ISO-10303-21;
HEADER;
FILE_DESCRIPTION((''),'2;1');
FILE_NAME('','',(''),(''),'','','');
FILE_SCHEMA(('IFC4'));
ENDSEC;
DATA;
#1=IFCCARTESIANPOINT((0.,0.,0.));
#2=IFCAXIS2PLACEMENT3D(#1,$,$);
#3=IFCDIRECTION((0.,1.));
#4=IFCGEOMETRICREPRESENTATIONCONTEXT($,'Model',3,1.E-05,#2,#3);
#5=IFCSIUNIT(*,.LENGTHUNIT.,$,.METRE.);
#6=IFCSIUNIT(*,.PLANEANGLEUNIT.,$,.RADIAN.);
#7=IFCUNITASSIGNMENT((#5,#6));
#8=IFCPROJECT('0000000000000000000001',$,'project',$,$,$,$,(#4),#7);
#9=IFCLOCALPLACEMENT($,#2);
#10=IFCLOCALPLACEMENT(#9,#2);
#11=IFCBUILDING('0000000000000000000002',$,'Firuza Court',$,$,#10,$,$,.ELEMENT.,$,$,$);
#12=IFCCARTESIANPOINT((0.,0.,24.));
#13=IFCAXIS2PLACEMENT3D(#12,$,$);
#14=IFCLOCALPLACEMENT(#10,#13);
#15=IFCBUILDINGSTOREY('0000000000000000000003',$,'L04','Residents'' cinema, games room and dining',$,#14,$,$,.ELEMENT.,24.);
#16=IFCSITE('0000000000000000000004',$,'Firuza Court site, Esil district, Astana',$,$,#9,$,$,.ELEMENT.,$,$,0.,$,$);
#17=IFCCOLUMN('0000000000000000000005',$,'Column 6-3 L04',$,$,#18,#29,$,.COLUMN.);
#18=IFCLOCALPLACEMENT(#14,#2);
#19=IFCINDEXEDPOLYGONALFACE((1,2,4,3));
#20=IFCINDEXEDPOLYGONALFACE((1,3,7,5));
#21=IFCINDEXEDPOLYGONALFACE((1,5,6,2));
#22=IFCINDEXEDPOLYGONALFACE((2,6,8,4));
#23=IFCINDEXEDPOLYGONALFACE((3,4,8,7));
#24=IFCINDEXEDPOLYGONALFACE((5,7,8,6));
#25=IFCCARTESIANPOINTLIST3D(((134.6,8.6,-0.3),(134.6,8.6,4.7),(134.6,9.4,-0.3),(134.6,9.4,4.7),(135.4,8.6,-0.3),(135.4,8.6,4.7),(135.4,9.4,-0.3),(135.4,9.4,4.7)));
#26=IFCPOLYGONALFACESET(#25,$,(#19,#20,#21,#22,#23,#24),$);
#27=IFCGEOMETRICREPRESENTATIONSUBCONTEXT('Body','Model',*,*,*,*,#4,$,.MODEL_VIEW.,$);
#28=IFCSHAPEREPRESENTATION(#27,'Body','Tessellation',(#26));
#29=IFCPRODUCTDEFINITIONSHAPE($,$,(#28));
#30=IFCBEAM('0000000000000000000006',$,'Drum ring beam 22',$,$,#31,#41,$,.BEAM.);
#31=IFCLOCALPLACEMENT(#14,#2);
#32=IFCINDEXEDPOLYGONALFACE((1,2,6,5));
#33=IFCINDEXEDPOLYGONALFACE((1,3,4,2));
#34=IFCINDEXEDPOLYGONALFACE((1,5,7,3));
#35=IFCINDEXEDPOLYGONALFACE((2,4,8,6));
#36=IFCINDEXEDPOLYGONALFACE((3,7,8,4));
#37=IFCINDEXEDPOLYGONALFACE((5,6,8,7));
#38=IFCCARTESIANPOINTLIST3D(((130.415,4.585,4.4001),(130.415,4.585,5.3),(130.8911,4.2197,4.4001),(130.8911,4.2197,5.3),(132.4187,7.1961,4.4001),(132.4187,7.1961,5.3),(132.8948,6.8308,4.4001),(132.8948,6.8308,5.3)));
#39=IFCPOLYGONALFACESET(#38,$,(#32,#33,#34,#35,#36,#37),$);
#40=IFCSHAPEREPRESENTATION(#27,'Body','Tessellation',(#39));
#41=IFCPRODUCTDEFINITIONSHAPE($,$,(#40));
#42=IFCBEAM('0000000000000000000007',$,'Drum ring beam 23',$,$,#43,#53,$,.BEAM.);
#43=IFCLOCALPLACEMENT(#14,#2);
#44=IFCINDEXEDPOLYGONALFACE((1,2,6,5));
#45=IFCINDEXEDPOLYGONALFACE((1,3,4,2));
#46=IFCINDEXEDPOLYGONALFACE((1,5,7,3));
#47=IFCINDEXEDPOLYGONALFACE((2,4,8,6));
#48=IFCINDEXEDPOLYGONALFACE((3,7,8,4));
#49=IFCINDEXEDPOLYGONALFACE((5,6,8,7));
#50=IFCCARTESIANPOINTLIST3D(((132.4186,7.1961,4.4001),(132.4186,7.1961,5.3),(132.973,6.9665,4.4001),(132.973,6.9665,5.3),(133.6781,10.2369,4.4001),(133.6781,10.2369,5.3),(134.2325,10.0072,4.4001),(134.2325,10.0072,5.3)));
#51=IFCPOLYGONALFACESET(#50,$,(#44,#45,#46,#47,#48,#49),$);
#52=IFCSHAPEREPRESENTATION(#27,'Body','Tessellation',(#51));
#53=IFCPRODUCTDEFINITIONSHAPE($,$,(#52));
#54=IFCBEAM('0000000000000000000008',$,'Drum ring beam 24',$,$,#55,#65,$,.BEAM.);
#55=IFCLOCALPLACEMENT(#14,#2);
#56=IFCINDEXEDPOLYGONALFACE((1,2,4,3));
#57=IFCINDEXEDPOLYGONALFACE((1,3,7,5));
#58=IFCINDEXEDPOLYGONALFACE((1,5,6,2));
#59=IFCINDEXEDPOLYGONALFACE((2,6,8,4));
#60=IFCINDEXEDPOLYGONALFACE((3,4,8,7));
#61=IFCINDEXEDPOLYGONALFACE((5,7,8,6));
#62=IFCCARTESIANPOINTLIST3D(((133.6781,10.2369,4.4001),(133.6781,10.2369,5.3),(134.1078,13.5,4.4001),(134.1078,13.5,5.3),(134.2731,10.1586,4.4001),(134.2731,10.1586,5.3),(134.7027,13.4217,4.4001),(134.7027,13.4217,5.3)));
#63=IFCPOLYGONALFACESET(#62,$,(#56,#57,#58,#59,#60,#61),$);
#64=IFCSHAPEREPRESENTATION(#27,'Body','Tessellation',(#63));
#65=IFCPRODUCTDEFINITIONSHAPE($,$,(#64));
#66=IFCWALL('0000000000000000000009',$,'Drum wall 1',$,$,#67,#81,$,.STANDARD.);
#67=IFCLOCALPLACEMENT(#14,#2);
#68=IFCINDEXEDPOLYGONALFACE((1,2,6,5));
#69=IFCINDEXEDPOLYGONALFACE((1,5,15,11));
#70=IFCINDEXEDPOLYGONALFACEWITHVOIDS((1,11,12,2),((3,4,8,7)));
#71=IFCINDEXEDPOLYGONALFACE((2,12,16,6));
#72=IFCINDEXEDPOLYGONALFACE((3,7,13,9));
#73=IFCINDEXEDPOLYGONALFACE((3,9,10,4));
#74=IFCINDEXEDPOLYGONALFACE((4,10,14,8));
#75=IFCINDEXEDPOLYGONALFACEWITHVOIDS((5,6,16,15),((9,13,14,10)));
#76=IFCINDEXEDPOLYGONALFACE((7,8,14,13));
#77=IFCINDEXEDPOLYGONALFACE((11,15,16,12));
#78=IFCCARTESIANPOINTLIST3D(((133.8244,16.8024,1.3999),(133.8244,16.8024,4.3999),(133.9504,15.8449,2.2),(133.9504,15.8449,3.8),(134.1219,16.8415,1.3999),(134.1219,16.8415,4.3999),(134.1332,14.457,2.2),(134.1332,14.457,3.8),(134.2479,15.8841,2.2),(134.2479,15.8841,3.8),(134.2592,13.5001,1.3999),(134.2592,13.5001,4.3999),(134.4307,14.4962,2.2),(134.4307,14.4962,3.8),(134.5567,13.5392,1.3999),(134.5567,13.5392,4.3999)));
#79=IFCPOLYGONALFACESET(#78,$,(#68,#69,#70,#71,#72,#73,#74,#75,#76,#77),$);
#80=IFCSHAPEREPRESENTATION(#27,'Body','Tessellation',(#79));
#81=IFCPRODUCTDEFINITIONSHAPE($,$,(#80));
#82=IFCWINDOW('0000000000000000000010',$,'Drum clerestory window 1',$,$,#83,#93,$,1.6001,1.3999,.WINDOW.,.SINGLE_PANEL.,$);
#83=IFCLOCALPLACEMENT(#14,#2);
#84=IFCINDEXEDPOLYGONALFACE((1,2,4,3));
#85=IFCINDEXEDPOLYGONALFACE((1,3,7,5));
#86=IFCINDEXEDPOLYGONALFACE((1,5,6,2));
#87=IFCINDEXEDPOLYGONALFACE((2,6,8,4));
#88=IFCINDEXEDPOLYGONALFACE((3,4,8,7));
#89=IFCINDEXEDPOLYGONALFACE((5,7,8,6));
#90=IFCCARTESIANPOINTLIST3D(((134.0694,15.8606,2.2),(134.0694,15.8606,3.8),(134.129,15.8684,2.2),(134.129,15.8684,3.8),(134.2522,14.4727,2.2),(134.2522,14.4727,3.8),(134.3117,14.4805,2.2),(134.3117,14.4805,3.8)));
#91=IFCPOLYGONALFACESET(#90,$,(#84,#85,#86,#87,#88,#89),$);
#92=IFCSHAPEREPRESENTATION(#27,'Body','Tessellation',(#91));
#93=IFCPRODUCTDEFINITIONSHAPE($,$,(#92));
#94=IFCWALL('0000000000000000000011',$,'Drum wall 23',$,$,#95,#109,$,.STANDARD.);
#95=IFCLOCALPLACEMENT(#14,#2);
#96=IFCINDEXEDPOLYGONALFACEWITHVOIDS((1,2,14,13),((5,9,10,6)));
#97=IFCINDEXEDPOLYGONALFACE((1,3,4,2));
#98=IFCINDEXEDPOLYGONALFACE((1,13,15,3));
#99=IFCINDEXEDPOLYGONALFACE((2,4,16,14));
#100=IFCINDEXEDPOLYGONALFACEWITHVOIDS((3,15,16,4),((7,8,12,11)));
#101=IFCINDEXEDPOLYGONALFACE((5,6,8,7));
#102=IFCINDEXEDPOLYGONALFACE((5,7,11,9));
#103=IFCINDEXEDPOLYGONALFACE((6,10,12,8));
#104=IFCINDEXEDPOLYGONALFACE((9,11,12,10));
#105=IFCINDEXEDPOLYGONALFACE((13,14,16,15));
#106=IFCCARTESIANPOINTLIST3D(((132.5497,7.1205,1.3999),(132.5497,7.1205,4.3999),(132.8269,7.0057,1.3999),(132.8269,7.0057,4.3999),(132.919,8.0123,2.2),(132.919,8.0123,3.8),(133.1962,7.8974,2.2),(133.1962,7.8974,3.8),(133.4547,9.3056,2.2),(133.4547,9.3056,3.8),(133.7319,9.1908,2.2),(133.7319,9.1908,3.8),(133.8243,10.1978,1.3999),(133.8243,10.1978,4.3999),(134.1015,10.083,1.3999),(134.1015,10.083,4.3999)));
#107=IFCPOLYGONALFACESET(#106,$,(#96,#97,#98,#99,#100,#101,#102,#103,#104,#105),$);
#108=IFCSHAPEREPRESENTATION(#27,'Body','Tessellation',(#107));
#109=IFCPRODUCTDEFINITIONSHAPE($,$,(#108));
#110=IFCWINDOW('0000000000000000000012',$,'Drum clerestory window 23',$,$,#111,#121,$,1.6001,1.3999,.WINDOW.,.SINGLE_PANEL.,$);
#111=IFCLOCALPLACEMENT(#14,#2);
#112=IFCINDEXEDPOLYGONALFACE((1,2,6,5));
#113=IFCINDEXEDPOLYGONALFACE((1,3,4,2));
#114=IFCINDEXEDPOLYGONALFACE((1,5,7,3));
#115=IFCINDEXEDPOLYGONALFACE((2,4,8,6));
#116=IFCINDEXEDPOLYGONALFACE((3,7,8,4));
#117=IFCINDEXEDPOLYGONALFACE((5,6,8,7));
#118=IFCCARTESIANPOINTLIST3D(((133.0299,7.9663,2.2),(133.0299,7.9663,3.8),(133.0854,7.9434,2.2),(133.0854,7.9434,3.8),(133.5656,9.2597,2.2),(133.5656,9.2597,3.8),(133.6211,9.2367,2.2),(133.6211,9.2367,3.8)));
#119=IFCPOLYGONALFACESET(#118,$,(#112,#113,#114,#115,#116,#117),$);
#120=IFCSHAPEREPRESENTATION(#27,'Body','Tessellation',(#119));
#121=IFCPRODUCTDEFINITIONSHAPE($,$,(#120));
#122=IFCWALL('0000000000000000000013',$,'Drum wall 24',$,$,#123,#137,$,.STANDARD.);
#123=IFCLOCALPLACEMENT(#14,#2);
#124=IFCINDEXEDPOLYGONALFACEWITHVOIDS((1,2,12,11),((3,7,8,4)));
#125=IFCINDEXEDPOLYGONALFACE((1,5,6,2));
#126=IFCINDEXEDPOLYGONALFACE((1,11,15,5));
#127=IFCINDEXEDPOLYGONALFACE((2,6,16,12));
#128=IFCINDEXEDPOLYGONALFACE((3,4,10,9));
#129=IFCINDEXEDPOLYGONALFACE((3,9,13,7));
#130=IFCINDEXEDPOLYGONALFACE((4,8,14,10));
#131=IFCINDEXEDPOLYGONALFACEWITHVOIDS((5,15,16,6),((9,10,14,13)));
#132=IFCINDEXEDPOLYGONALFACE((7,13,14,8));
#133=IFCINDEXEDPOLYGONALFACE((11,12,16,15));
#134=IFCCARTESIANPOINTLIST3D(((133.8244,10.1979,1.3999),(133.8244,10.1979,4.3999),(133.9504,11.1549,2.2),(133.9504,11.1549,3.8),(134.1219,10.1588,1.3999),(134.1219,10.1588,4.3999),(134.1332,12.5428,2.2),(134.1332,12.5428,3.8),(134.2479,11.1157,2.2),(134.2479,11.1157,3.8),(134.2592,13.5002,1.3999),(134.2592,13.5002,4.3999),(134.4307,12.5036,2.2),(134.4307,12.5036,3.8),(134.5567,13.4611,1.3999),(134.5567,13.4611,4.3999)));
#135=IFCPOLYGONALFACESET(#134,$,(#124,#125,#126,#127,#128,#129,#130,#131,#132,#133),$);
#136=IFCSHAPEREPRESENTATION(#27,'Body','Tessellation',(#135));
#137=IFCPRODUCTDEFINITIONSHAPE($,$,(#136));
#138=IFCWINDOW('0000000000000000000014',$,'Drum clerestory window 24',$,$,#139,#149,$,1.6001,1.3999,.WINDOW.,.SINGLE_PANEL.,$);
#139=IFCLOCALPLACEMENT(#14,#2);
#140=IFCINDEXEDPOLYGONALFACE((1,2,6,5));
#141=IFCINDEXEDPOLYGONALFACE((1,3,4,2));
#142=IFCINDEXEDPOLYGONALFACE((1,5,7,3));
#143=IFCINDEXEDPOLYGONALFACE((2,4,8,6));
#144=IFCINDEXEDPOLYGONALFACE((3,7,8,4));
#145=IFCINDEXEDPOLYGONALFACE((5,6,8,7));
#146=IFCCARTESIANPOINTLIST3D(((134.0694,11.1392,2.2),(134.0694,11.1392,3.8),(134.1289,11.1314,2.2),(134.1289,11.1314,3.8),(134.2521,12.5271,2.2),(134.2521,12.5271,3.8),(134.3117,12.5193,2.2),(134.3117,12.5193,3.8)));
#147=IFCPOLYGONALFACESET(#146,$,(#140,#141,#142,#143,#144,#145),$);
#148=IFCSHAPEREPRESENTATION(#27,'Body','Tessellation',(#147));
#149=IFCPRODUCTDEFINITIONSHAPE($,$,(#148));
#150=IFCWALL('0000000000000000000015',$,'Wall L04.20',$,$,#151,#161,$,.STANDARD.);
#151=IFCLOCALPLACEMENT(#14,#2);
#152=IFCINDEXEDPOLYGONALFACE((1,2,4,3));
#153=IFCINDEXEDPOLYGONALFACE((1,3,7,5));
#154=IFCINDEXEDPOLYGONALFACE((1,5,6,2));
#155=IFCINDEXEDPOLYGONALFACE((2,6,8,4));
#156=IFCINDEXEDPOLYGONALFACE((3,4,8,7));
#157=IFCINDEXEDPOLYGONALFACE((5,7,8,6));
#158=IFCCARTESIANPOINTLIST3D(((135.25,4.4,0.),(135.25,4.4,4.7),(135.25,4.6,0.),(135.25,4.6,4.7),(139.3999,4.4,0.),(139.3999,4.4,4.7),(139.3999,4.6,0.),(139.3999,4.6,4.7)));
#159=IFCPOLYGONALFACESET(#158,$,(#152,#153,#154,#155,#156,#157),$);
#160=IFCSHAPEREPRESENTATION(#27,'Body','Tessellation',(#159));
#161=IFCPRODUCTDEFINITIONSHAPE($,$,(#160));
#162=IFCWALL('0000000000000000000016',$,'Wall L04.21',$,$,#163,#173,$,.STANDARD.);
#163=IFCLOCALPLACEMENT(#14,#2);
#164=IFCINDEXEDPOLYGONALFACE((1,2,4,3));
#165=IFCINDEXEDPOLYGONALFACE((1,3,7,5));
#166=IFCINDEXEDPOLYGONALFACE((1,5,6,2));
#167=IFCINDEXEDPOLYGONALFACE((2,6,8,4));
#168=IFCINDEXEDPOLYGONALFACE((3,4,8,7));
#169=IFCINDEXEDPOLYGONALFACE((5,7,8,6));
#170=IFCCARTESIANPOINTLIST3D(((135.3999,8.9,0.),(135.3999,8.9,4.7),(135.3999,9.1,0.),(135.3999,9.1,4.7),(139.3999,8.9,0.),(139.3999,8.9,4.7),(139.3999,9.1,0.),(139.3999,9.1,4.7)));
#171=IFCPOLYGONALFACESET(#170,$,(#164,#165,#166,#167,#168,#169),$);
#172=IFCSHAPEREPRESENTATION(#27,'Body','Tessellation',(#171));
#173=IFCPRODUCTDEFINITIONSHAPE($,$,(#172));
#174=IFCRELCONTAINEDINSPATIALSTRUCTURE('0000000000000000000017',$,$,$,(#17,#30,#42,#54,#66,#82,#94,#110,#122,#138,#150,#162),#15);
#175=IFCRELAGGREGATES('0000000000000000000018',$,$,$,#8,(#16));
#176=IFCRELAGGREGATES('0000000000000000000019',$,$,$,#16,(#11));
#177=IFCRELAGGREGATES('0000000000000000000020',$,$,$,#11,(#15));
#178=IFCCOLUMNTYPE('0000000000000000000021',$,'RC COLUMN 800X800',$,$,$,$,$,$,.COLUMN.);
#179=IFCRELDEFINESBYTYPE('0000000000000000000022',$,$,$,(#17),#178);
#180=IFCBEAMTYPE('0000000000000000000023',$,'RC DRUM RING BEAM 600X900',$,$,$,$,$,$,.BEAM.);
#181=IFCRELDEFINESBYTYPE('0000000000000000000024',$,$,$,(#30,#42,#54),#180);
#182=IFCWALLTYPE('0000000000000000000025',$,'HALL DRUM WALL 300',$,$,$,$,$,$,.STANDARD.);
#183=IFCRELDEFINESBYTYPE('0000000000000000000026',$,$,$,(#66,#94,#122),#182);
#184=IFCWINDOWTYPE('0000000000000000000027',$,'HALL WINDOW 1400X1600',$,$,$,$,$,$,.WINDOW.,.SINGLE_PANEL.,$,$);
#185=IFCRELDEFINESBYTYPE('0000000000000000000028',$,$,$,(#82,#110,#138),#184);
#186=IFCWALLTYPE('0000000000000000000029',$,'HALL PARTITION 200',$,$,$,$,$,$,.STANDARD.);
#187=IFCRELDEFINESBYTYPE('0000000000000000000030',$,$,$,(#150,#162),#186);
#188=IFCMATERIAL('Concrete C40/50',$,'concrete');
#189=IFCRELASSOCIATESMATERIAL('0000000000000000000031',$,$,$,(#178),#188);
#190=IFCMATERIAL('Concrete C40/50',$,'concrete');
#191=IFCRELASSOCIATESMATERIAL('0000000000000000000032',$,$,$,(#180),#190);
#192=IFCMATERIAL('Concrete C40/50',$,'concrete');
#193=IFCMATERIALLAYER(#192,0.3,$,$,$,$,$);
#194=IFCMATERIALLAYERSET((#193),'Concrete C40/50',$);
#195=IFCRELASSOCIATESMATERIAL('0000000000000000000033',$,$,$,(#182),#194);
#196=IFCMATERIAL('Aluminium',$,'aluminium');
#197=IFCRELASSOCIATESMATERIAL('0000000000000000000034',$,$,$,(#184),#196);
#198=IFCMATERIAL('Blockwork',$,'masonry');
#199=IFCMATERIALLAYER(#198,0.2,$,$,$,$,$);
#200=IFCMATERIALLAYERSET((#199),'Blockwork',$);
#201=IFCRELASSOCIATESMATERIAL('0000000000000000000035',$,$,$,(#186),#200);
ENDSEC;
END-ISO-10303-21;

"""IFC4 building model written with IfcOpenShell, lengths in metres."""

from ifc_helpers import new_model, si_unit, direction, frame, frame_2d, origin, origin_2d, place, context, subcontext, project, spatial, rectangle, extrude, material, layer, layer_set, material_profile, profile_set, type_object, element, fill, save


model = new_model("IFC4")

# Units and contexts
model_context = context("Model", 3, precision=1e-05, world=origin(), true_north=direction((0.0, 1.0)))
body_context = subcontext(model_context, "Body", "Model", "MODEL_VIEW")
ifc_project = project(units=[si_unit("LENGTHUNIT", "METRE"), si_unit("PLANEANGLEUNIT", "RADIAN")], contexts=[model_context])

# Site, building, storey
site_placement = place(None, origin())
site = spatial("IfcSite", under=ifc_project, at=site_placement, Name="Firuza Court site, Esil district, Astana", CompositionType="ELEMENT", RefElevation=0.0)
building_placement = place(site_placement, origin())
building = spatial("IfcBuilding", under=site, at=building_placement, Name="Firuza Court", CompositionType="ELEMENT")
storey_placement = place(building_placement, frame((0.0, 0.0, 24.0)))
storey = spatial("IfcBuildingStorey", under=building, at=storey_placement, Name="L04", Description="Residents' cinema, games room and dining", CompositionType="ELEMENT", Elevation=24.0)

# Column
ifc_material_1 = material(Name="Concrete C40/50", Category="concrete")
ifc_material_profile_1 = material_profile(ifc_material_1, rectangle(XDim=0.8, YDim=0.8, at=origin_2d()), Name="RC 800X800")
ifc_profile_set_1 = profile_set([ifc_material_profile_1], Name="Concrete C40/50")
column_type = type_object("IfcColumnType", Name="RC COLUMN 800X800", PredefinedType="COLUMN", material=ifc_profile_set_1)
column_placement = place(storey_placement, frame((135.0, 9.0, -0.3), z_axis=(0.0, 0.0, 1.0), x_axis=(1.0, 0.0, 0.0)))
element("IfcColumn", 1, at=column_placement, inside=storey, type_object=column_type, Name="Column 6-3 L04", PredefinedType="COLUMN", context=body_context, shape_type="SweptSolid", body=[
    extrude(rectangle(XDim=0.8, YDim=0.8, at=origin_2d()), origin(), (0.0, 0.0, 1.0), 5.0),
])

# Beams
ifc_material_2 = material(Name="Concrete C40/50", Category="concrete")
ifc_material_profile_2 = material_profile(ifc_material_2, rectangle(XDim=0.6001, YDim=0.8999, at=origin_2d()), Name="RC 600X900 RING")
ifc_profile_set_2 = profile_set([ifc_material_profile_2], Name="Concrete C40/50")
beam_type = type_object("IfcBeamType", Name="RC DRUM RING BEAM 600X900", PredefinedType="BEAM", material=ifc_profile_set_2)
for number, where, z_axis, x_axis, name in (
    (2, (130.6531, 4.4023, 4.8501), (0.608782, 0.793338, 0.0), (-0.793338, 0.608782, 0.0), "Drum ring beam 22"),
    (3, (132.6958, 7.0813, 4.8501), (0.382682, 0.92388, 0.0), (-0.92388, 0.382682, 0.0), "Drum ring beam 23"),
    (4, (133.9756, 10.1978, 4.8501), (0.13055, 0.991442, 0.0), (-0.991442, 0.13055, 0.0), "Drum ring beam 24"),
):
    element("IfcBeam", number, at=place(storey_placement, frame(where, z_axis=z_axis, x_axis=x_axis)), inside=storey, type_object=beam_type, Name=name, PredefinedType="BEAM", context=body_context, shape_type="SweptSolid", body=[
        extrude(rectangle(XDim=0.6001, YDim=0.8999, at=origin_2d()), origin(), (0.0, 0.0, 1.0), 3.2913),
    ])

# Walls, openings, windows
ifc_material_3 = material(Name="Concrete C40/50", Category="concrete")
ifc_layer_1 = layer(ifc_material_3, 0.3)
ifc_layer_set_1 = layer_set([ifc_layer_1], Name="Concrete C40/50")
wall_type_1 = type_object("IfcWallType", Name="HALL DRUM WALL 300", PredefinedType="STANDARD", material=ifc_layer_set_1)
wall_1_placement = place(storey_placement, frame((134.408, 13.5195, 1.3999), z_axis=(0.0, 0.0, 1.0), x_axis=(-0.130546, 0.991442, 0.0)))
wall_1 = element("IfcWall", 5, at=wall_1_placement, inside=storey, type_object=wall_type_1, Name="Drum wall 1", PredefinedType="STANDARD", context=body_context, shape_type="SweptSolid", body=[
    extrude(rectangle(XDim=3.3308, YDim=0.3, at=frame_2d((1.6655, 0.0))), origin(), (0.0, 0.0, 1.0), 3.0),
])
opening_1_placement = place(wall_1_placement, frame((0.9653, 0.0, 0.8)))
opening_1 = element("IfcOpeningElement", 6, at=opening_1_placement, cuts=wall_1, PredefinedType="OPENING", context=body_context, shape_type="SweptSolid", body=[
    extrude(rectangle(XDim=1.3999, YDim=1.6001, at=frame_2d((0.7, 0.8))), frame((0.0, 0.1621, 0.0), z_axis=(0.0, -1.0, 0.0), x_axis=(1.0, 0.0, 0.0)), (0.0, 0.0, 1.0), 0.324),
])
ifc_material_4 = material(Name="Aluminium", Category="aluminium")
window_type = type_object("IfcWindowType", Name="HALL WINDOW 1400X1600", PartitioningType="SINGLE_PANEL", PredefinedType="WINDOW", material=ifc_material_4)
window_1_placement = place(opening_1_placement, origin())
window_1 = element("IfcWindow", 7, at=window_1_placement, inside=storey, type_object=window_type, Name="Drum clerestory window 1", OverallHeight=1.6001, OverallWidth=1.3999, PartitioningType="SINGLE_PANEL", PredefinedType="WINDOW", context=body_context, shape_type="SweptSolid", body=[
    extrude(rectangle(XDim=1.3999, YDim=1.6001, at=frame_2d((0.7, 0.8))), frame((0.0, 0.03, 0.0), z_axis=(0.0, -1.0, 0.0), x_axis=(1.0, 0.0, 0.0)), (0.0, 0.0, 1.0), 0.0601),
])
fill(opening_1, window_1)
wall_2_placement = place(storey_placement, frame((132.6882, 7.063, 1.3999), z_axis=(0.0, 0.0, 1.0), x_axis=(0.382673, 0.923884, 0.0)))
wall_2 = element("IfcWall", 8, at=wall_2_placement, inside=storey, type_object=wall_type_1, Name="Drum wall 23", PredefinedType="STANDARD", context=body_context, shape_type="SweptSolid", body=[
    extrude(rectangle(XDim=3.3308, YDim=0.3, at=frame_2d((1.6655, 0.0))), origin(), (0.0, 0.0, 1.0), 3.0),
])
opening_2_placement = place(wall_2_placement, frame((0.9653, 0.0, 0.8)))
opening_2 = element("IfcOpeningElement", 9, at=opening_2_placement, cuts=wall_2, PredefinedType="OPENING", context=body_context, shape_type="SweptSolid", body=[
    extrude(rectangle(XDim=1.3999, YDim=1.6001, at=frame_2d((0.7, 0.8))), frame((0.0, 0.1621, 0.0), z_axis=(0.0, -1.0, 0.0), x_axis=(1.0, 0.0, 0.0)), (0.0, 0.0, 1.0), 0.324),
])
window_2_placement = place(opening_2_placement, origin())
window_2 = element("IfcWindow", 10, at=window_2_placement, inside=storey, type_object=window_type, Name="Drum clerestory window 23", OverallHeight=1.6001, OverallWidth=1.3999, PartitioningType="SINGLE_PANEL", PredefinedType="WINDOW", context=body_context, shape_type="SweptSolid", body=[
    extrude(rectangle(XDim=1.3999, YDim=1.6001, at=frame_2d((0.7, 0.8))), frame((0.0, 0.03, 0.0), z_axis=(0.0, -1.0, 0.0), x_axis=(1.0, 0.0, 0.0)), (0.0, 0.0, 1.0), 0.0601),
])
fill(opening_2, window_2)
wall_3_placement = place(storey_placement, frame((133.9731, 10.1782, 1.3999), z_axis=(0.0, 0.0, 1.0), x_axis=(0.130546, 0.991442, 0.0)))
wall_3 = element("IfcWall", 11, at=wall_3_placement, inside=storey, type_object=wall_type_1, Name="Drum wall 24", PredefinedType="STANDARD", context=body_context, shape_type="SweptSolid", body=[
    extrude(rectangle(XDim=3.3308, YDim=0.3, at=frame_2d((1.6655, 0.0))), origin(), (0.0, 0.0, 1.0), 3.0),
])
opening_3_placement = place(wall_3_placement, frame((0.9653, 0.0, 0.8)))
opening_3 = element("IfcOpeningElement", 12, at=opening_3_placement, cuts=wall_3, PredefinedType="OPENING", context=body_context, shape_type="SweptSolid", body=[
    extrude(rectangle(XDim=1.3999, YDim=1.6001, at=frame_2d((0.7, 0.8))), frame((0.0, 0.1621, 0.0), z_axis=(0.0, -1.0, 0.0), x_axis=(1.0, 0.0, 0.0)), (0.0, 0.0, 1.0), 0.324),
])
window_3_placement = place(opening_3_placement, origin())
window_3 = element("IfcWindow", 13, at=window_3_placement, inside=storey, type_object=window_type, Name="Drum clerestory window 24", OverallHeight=1.6001, OverallWidth=1.3999, PartitioningType="SINGLE_PANEL", PredefinedType="WINDOW", context=body_context, shape_type="SweptSolid", body=[
    extrude(rectangle(XDim=1.3999, YDim=1.6001, at=frame_2d((0.7, 0.8))), frame((0.0, 0.03, 0.0), z_axis=(0.0, -1.0, 0.0), x_axis=(1.0, 0.0, 0.0)), (0.0, 0.0, 1.0), 0.0601),
])
fill(opening_3, window_3)

# Walls
ifc_material_5 = material(Name="Blockwork", Category="masonry")
ifc_layer_2 = layer(ifc_material_5, 0.2)
ifc_layer_set_2 = layer_set([ifc_layer_2], Name="Blockwork")
wall_type_2 = type_object("IfcWallType", Name="HALL PARTITION 200", PredefinedType="STANDARD", material=ifc_layer_set_2)
wall_4_placement = place(storey_placement, frame((135.25, 4.5, 0.0), z_axis=(0.0, 0.0, 1.0), x_axis=(1.0, 0.0, 0.0)))
element("IfcWall", 14, at=wall_4_placement, inside=storey, type_object=wall_type_2, Name="Wall L04.20", PredefinedType="STANDARD", context=body_context, shape_type="SweptSolid", body=[
    extrude(rectangle(XDim=4.1499, YDim=0.2, at=frame_2d((2.075, 0.0))), origin(), (0.0, 0.0, 1.0), 4.7),
])
wall_5_placement = place(storey_placement, frame((135.3999, 9.0, 0.0), z_axis=(0.0, 0.0, 1.0), x_axis=(1.0, 0.0, 0.0)))
element("IfcWall", 15, at=wall_5_placement, inside=storey, type_object=wall_type_2, Name="Wall L04.21", PredefinedType="STANDARD", context=body_context, shape_type="SweptSolid", body=[
    extrude(rectangle(XDim=4.0, YDim=0.2, at=frame_2d((2.0, 0.0))), origin(), (0.0, 0.0, 1.0), 4.7),
])

save(model, "model.ifc")
